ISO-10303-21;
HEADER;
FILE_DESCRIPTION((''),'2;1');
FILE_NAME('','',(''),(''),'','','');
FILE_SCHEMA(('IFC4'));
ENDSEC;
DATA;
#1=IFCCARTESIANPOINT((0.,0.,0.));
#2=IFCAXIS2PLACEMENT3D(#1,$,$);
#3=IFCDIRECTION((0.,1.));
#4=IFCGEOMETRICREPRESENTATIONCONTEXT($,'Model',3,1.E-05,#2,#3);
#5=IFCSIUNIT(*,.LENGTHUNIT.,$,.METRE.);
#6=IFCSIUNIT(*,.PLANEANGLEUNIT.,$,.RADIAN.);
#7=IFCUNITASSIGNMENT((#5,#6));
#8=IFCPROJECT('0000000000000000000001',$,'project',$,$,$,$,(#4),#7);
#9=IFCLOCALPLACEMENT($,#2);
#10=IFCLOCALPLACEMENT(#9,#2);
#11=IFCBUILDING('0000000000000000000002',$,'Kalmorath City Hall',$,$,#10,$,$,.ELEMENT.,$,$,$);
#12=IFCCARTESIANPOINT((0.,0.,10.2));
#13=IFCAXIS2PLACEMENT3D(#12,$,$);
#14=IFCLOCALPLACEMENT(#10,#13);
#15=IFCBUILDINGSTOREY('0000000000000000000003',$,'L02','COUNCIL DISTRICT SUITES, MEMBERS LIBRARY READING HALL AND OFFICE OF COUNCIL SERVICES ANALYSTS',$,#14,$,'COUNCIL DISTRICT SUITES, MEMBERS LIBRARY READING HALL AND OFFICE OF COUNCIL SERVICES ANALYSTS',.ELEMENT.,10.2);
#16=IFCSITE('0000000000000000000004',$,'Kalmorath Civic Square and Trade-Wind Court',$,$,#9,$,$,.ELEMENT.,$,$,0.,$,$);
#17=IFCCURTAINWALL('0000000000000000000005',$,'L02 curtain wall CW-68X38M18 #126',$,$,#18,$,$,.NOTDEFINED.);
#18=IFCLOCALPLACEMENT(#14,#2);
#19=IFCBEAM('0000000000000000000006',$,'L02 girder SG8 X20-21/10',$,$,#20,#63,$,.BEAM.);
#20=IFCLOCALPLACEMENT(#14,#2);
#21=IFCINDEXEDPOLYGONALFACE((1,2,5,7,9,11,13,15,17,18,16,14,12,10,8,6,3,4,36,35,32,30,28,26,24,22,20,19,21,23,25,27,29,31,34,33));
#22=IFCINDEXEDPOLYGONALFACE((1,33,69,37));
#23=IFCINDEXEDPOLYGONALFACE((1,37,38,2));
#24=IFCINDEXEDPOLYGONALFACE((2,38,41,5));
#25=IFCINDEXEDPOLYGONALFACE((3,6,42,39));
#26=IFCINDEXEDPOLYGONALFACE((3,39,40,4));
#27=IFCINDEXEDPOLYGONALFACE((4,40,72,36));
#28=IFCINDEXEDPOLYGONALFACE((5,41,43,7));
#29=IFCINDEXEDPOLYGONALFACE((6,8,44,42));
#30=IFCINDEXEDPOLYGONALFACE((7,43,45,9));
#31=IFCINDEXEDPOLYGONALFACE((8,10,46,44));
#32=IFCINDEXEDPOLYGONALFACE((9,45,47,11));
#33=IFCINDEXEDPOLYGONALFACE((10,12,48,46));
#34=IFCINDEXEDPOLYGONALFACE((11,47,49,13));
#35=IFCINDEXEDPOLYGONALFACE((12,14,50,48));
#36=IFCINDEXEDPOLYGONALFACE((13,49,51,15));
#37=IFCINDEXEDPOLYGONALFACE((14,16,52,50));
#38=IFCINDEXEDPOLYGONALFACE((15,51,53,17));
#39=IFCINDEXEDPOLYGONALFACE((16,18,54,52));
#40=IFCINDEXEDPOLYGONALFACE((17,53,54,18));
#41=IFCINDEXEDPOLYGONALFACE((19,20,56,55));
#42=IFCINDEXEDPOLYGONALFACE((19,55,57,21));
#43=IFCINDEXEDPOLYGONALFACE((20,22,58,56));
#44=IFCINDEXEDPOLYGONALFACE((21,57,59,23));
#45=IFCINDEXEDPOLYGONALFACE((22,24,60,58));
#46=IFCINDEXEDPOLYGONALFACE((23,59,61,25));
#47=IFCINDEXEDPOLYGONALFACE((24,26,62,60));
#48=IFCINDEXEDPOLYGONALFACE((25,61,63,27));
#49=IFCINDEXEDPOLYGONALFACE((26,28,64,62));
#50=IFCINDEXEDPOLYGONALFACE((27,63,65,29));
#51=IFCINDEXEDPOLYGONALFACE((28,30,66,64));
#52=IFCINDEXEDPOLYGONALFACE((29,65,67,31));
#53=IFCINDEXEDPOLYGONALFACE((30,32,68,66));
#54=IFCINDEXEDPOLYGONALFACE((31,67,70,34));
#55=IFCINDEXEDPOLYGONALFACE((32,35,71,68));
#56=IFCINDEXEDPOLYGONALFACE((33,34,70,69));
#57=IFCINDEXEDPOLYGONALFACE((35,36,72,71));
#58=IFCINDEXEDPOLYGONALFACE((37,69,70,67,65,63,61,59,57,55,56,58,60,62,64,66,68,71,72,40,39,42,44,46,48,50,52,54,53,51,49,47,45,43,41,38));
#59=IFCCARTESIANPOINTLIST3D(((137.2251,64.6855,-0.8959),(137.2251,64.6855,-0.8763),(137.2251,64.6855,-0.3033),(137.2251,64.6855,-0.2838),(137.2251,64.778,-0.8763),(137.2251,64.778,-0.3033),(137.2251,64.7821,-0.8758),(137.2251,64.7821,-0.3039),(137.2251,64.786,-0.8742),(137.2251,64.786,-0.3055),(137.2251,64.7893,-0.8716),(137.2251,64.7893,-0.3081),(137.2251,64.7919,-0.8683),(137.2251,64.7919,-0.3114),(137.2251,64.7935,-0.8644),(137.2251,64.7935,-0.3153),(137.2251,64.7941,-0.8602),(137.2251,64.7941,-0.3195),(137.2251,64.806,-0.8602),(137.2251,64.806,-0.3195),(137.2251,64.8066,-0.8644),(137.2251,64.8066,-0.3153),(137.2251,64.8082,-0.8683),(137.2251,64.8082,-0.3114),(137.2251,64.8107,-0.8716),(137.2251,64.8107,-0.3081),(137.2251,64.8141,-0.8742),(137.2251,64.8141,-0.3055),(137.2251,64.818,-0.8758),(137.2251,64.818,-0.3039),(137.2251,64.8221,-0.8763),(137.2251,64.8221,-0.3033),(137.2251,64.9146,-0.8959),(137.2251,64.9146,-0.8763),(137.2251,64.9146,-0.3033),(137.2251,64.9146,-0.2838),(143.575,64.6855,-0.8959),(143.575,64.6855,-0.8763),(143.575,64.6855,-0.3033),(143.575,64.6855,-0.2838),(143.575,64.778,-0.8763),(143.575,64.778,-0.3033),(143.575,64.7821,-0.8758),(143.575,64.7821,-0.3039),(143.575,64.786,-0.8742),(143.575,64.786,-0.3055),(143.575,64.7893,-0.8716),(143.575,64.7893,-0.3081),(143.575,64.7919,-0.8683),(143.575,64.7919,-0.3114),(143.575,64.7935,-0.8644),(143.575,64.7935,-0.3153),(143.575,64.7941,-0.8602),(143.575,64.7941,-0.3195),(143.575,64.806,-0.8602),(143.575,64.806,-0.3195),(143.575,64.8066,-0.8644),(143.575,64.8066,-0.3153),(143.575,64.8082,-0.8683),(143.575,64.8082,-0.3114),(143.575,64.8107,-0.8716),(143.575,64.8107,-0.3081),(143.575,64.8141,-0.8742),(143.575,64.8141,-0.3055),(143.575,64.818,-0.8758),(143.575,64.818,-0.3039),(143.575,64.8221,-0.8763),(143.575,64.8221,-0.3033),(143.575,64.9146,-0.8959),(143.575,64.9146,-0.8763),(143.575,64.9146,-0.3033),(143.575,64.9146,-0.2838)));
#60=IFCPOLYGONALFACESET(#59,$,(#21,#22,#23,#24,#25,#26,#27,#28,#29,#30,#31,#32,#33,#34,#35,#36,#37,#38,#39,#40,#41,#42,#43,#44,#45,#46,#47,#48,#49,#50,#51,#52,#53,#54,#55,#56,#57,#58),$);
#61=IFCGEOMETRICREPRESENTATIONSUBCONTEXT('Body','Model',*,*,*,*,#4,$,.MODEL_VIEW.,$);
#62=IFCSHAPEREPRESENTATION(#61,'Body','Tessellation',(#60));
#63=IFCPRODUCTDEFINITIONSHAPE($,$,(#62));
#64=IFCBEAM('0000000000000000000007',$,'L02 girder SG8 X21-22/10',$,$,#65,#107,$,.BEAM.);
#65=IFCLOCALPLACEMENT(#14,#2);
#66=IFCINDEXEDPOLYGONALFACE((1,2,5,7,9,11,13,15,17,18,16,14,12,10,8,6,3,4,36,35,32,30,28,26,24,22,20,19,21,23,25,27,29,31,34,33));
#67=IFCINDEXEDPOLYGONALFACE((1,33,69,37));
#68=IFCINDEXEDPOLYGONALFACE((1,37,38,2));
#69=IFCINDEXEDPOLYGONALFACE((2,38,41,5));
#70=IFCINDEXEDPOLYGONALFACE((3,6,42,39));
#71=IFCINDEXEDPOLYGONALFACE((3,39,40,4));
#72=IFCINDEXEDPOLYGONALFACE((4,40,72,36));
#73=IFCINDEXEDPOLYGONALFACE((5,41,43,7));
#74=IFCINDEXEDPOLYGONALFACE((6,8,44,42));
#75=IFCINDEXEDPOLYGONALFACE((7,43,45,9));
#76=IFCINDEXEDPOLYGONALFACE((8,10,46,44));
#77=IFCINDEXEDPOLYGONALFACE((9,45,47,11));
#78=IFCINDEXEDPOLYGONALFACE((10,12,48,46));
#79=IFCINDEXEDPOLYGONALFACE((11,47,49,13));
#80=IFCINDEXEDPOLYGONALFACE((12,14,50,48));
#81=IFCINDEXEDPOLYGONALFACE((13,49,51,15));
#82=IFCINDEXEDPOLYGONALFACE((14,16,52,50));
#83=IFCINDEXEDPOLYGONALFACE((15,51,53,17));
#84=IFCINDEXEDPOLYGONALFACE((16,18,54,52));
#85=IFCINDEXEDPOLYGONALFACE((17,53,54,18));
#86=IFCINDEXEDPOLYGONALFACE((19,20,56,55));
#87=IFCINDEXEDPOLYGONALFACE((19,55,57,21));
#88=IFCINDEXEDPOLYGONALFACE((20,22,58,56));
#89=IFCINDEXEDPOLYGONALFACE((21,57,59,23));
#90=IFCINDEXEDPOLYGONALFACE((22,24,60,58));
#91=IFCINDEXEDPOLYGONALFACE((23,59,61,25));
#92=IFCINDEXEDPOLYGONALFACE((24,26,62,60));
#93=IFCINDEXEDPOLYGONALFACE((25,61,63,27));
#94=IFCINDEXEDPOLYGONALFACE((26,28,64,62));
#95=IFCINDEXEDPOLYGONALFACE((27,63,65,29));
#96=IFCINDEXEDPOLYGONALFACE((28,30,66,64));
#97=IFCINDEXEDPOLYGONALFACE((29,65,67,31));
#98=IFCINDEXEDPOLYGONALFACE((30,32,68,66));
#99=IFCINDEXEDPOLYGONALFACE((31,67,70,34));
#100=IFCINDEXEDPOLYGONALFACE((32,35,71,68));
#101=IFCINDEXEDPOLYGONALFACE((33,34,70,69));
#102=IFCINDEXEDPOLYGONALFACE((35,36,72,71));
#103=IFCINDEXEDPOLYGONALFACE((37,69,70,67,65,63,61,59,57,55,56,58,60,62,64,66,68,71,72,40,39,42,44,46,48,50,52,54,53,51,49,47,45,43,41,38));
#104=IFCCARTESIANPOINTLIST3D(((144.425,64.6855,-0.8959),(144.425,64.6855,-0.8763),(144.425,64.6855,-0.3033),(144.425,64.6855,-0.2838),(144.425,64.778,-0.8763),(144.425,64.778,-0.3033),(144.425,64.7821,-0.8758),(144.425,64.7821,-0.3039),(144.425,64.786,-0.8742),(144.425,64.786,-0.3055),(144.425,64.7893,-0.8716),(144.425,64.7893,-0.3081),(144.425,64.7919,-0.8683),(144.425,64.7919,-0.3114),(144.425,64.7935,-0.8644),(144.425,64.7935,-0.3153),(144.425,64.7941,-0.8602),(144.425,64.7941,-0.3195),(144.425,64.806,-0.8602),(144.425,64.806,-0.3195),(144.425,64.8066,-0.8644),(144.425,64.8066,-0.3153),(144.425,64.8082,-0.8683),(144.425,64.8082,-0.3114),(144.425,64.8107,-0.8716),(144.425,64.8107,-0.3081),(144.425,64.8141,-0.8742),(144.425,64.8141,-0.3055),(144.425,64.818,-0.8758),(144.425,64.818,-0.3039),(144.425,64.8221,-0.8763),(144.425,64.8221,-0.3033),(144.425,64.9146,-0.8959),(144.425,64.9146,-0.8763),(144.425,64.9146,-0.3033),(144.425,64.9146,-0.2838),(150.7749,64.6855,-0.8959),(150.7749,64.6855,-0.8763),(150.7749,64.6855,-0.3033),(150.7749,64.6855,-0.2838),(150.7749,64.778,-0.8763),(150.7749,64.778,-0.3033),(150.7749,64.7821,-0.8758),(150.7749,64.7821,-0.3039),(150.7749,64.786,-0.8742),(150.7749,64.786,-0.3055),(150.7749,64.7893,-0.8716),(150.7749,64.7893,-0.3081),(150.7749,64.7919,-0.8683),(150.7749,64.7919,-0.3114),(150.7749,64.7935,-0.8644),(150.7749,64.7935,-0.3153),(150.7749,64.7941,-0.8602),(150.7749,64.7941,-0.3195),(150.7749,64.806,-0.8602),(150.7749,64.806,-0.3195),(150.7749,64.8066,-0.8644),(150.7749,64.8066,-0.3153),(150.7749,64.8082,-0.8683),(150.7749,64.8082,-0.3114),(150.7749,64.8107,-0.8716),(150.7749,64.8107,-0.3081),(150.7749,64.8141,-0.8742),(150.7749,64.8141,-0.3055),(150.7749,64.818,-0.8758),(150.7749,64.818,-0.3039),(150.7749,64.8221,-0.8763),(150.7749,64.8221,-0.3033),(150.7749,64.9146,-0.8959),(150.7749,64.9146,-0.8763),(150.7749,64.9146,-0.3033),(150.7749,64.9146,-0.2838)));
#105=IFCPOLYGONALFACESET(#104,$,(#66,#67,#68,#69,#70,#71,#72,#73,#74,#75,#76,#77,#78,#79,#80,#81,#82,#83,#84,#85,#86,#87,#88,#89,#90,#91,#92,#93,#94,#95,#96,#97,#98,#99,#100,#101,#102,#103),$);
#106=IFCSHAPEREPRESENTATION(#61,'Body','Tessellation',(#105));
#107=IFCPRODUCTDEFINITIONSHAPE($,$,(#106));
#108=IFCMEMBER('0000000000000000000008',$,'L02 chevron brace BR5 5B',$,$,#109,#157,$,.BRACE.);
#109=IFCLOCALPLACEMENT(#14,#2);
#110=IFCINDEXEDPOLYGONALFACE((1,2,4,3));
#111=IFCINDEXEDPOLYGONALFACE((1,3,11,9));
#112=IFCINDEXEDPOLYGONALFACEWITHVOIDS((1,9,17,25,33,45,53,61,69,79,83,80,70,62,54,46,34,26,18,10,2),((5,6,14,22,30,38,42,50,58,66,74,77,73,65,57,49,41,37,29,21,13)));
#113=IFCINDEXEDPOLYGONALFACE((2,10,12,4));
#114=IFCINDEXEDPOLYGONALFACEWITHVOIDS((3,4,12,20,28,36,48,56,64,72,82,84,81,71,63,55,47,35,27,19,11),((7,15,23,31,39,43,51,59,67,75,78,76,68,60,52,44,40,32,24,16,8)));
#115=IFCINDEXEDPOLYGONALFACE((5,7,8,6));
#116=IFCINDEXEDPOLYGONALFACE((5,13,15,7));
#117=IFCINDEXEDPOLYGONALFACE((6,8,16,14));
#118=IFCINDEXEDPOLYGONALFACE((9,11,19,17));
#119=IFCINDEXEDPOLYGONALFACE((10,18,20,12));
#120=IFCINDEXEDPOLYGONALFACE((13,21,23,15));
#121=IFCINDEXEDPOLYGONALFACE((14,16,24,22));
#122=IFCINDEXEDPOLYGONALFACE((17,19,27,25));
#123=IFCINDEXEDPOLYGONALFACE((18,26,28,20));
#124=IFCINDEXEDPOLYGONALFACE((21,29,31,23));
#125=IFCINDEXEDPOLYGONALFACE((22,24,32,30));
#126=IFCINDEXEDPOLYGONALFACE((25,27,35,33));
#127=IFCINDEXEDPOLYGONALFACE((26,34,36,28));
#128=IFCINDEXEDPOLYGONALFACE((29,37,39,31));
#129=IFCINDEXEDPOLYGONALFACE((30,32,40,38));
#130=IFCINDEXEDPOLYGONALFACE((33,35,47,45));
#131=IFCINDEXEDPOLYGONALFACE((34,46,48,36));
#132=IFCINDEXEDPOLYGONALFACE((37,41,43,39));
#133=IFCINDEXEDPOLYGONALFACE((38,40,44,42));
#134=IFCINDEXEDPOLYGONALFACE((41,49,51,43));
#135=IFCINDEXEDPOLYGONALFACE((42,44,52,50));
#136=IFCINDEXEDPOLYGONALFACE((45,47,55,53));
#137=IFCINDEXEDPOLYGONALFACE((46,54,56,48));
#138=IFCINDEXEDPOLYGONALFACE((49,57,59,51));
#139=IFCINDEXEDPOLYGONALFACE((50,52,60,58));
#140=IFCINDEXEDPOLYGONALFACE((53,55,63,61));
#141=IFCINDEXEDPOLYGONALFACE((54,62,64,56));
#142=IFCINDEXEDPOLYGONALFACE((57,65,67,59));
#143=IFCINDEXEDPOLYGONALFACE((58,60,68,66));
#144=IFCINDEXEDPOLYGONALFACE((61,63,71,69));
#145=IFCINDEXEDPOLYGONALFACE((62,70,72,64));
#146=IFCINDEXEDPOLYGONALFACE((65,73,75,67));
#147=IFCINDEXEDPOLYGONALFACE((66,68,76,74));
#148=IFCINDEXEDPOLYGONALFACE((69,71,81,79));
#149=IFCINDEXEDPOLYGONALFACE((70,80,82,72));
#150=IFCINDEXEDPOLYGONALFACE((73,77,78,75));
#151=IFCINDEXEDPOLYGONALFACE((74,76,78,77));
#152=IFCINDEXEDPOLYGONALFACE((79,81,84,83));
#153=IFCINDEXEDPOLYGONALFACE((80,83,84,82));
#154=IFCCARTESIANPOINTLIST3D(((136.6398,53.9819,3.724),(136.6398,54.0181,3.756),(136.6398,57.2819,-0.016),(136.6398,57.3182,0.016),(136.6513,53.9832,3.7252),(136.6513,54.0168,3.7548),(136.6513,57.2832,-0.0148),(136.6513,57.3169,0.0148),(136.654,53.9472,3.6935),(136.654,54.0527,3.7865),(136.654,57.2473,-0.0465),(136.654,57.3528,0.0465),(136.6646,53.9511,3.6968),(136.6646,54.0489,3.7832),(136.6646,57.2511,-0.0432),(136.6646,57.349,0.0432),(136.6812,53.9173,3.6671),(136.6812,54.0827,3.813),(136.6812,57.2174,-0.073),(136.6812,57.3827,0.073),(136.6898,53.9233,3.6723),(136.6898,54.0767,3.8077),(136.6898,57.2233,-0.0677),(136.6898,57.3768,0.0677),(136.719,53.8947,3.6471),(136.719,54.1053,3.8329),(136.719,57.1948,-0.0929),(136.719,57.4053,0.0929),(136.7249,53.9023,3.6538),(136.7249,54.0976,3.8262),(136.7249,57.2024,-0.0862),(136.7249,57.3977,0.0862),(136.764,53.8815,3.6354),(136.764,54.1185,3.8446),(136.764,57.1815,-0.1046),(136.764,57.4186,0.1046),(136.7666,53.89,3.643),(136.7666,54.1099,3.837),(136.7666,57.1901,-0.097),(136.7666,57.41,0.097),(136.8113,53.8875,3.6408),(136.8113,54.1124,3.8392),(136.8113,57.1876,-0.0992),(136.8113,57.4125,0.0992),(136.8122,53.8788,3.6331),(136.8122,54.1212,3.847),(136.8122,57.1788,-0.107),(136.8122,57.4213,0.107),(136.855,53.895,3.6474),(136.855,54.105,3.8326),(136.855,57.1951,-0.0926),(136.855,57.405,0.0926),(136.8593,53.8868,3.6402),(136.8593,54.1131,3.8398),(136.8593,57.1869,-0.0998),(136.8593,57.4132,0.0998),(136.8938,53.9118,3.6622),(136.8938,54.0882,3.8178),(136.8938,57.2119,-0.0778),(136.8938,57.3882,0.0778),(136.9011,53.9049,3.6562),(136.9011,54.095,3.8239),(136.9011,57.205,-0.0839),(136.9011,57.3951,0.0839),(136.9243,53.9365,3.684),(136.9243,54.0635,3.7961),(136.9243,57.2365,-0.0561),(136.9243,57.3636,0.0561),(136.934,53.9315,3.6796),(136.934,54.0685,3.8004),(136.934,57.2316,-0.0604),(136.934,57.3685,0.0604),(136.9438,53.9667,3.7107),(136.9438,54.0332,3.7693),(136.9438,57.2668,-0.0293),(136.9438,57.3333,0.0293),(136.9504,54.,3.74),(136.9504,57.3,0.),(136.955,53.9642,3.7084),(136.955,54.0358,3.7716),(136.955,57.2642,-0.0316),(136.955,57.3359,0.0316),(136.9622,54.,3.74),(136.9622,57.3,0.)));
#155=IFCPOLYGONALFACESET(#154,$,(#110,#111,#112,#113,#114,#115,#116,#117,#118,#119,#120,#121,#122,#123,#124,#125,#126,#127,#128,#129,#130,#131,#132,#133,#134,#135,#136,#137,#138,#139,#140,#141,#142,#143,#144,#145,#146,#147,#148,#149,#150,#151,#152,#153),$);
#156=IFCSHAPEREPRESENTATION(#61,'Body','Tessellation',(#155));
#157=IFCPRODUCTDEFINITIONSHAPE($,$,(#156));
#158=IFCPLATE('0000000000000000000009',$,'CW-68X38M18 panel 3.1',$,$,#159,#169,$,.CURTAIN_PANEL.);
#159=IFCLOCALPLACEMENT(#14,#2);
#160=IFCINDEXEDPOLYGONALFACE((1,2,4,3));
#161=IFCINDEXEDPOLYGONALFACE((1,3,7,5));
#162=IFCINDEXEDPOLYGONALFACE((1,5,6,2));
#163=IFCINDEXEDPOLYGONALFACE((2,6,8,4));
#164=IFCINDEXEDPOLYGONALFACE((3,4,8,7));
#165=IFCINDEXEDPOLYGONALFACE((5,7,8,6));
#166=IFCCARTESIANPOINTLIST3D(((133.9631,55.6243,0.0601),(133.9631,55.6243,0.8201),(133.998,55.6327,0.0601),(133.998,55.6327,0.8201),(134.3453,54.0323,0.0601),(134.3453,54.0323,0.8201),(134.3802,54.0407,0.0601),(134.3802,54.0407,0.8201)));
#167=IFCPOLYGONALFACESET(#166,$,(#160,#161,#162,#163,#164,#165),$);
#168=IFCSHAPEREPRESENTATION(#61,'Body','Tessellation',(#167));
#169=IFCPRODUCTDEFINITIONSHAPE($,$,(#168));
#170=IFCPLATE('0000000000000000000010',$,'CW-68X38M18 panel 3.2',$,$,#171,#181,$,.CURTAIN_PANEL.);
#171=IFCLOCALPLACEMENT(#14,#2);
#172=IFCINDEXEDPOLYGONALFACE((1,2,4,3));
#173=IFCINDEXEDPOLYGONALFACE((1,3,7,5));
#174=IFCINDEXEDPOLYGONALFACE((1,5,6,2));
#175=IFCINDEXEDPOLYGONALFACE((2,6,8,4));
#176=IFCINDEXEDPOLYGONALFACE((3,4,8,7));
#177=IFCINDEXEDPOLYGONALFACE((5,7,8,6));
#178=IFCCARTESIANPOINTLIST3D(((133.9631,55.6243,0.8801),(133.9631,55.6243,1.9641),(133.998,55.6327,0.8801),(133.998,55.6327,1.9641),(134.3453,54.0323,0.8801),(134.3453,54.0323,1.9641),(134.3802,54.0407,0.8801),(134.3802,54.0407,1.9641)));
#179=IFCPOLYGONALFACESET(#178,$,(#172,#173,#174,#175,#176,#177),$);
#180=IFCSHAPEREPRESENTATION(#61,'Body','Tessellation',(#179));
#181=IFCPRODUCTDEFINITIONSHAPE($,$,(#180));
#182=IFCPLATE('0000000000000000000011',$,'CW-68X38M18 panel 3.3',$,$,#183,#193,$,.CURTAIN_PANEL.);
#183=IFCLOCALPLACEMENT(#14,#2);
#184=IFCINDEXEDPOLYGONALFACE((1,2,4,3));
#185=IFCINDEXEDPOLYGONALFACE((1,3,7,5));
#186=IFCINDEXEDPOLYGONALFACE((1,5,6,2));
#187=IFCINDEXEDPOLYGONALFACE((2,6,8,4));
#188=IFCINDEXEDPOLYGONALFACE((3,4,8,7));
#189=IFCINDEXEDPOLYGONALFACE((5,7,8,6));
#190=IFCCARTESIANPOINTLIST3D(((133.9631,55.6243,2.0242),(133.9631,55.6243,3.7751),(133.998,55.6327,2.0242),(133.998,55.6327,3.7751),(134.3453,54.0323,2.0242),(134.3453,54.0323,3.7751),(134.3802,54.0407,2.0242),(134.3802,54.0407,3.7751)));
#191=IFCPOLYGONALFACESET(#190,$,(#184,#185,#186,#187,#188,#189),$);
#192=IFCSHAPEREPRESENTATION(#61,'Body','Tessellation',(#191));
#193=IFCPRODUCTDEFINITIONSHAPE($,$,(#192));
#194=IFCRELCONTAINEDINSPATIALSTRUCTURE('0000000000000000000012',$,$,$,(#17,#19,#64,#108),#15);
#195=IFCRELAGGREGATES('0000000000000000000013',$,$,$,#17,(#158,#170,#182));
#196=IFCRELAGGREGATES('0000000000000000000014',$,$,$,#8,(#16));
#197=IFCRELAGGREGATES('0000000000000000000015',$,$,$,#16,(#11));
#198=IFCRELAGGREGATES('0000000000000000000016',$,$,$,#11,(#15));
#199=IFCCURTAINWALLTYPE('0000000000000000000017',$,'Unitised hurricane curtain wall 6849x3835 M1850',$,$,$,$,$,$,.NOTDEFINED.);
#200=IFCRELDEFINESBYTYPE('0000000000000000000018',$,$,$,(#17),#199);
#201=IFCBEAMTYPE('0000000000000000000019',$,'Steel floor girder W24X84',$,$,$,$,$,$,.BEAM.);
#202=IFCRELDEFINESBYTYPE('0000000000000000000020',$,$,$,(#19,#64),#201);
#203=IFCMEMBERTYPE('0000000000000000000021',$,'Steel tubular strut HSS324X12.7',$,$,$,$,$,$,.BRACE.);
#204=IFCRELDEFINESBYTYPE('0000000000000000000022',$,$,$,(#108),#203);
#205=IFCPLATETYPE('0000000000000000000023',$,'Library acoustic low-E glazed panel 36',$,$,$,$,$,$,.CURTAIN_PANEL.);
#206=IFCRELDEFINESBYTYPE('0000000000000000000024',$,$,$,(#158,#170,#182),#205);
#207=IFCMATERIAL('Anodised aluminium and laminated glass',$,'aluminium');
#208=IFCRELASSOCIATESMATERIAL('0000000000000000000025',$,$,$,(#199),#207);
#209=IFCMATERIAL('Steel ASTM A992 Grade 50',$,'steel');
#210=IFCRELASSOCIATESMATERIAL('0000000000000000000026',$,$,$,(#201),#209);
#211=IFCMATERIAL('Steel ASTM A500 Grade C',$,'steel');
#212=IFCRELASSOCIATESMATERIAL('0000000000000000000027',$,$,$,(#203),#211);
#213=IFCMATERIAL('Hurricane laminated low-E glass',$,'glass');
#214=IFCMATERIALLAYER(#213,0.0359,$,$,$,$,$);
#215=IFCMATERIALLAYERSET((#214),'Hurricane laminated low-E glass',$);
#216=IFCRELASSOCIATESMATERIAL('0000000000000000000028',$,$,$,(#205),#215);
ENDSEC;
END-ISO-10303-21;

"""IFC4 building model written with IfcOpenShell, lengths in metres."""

from ifc_helpers import new_model, si_unit, direction, frame, origin, origin_2d, place, context, subcontext, project, spatial, rectangle, hollow_circle, i_section, extrude, material, layer, layer_set, material_profile, profile_set, type_object, element, aggregate, save


model = new_model("IFC4")

# Units and contexts
model_context = context("Model", 3, precision=1e-05, world=origin(), true_north=direction((0.0, 1.0)))
body_context = subcontext(model_context, "Body", "Model", "MODEL_VIEW")
ifc_project = project(units=[si_unit("LENGTHUNIT", "METRE"), si_unit("PLANEANGLEUNIT", "RADIAN")], contexts=[model_context])

# Site, building, storey
site_placement = place(None, origin())
site = spatial("IfcSite", under=ifc_project, at=site_placement, Name="Kalmorath Civic Square and Trade-Wind Court", CompositionType="ELEMENT", RefElevation=0.0)
building_placement = place(site_placement, origin())
building = spatial("IfcBuilding", under=site, at=building_placement, Name="Kalmorath City Hall", CompositionType="ELEMENT")
storey_placement = place(building_placement, frame((0.0, 0.0, 10.2)))
storey = spatial("IfcBuildingStorey", under=building, at=storey_placement, Name="L02", Description="COUNCIL DISTRICT SUITES, MEMBERS LIBRARY READING HALL AND OFFICE OF COUNCIL SERVICES ANALYSTS", LongName="COUNCIL DISTRICT SUITES, MEMBERS LIBRARY READING HALL AND OFFICE OF COUNCIL SERVICES ANALYSTS", CompositionType="ELEMENT", Elevation=10.2)

# Curtain wall
ifc_material_1 = material(Name="Anodised aluminium and laminated glass", Category="aluminium")
curtain_wall_type = type_object("IfcCurtainWallType", Name="Unitised hurricane curtain wall 6849x3835 M1850", PredefinedType="NOTDEFINED", material=ifc_material_1)
curtain_wall_1_placement = place(storey_placement, origin())
curtain_wall_1 = element("IfcCurtainWall", 1, at=curtain_wall_1_placement, inside=storey, type_object=curtain_wall_type, Name="L02 curtain wall CW-68X38M18 #126", PredefinedType="NOTDEFINED")

# Beams
ifc_material_2 = material(Name="Steel ASTM A992 Grade 50", Category="steel")
ifc_material_profile_1 = material_profile(ifc_material_2, i_section(OverallWidth=0.229, OverallDepth=0.6121, WebThickness=0.012, FlangeThickness=0.0195, FilletRadius=0.0161, at=origin_2d()), Name="W24X84")
ifc_profile_set_1 = profile_set([ifc_material_profile_1], Name="Steel ASTM A992 Grade 50")
beam_type_1 = type_object("IfcBeamType", Name="Steel floor girder W24X84", PredefinedType="BEAM", material=ifc_profile_set_1)
for number, where, z_axis, x_axis, name in (
    (2, (137.2251, 64.8, -0.5898), (1.0, 0.0, 0.0), (0.0, 1.0, 0.0), "L02 girder SG8 X20-21/10"),
    (3, (144.425, 64.8, -0.5898), (1.0, 0.0, 0.0), (0.0, 1.0, 0.0), "L02 girder SG8 X21-22/10"),
):
    element("IfcBeam", number, at=place(storey_placement, frame(where, z_axis=z_axis, x_axis=x_axis)), inside=storey, type_object=beam_type_1, Name=name, PredefinedType="BEAM", context=body_context, shape_type="SweptSolid", body=[
        extrude(i_section(OverallWidth=0.229, OverallDepth=0.6121, WebThickness=0.012, FlangeThickness=0.0195, FilletRadius=0.0161, at=origin_2d()), origin(), (0.0, 0.0, 1.0), 6.3499),
    ])

# Member
ifc_material_3 = material(Name="Steel ASTM A500 Grade C", Category="steel")
ifc_material_profile_2 = material_profile(ifc_material_3, hollow_circle(Radius=0.1621, WallThickness=0.0117, at=origin_2d()), Name="HSS324X12.7")
ifc_profile_set_2 = profile_set([ifc_material_profile_2], Name="Steel ASTM A500 Grade C")
member_type_1 = type_object("IfcMemberType", Name="Steel tubular strut HSS324X12.7", PredefinedType="BRACE", material=ifc_profile_set_2)
member_1_placement = place(storey_placement, frame((136.8, 57.3, 0.0), z_axis=(0.0, -0.661628, 0.749832), x_axis=(1.0, 0.0, 0.0)))
element("IfcMember", 4, at=member_1_placement, inside=storey, type_object=member_type_1, Name="L02 chevron brace BR5 5B", PredefinedType="BRACE", context=body_context, shape_type="SweptSolid", body=[
    extrude(hollow_circle(Radius=0.1621, WallThickness=0.0117, at=origin_2d()), origin(), (0.0, 0.0, 1.0), 4.9878),
])

# Plates
ifc_material_4 = material(Name="Hurricane laminated low-E glass", Category="glass")
ifc_layer_1 = layer(ifc_material_4, 0.0359)
ifc_layer_set_1 = layer_set([ifc_layer_1], Name="Hurricane laminated low-E glass")
plate_type_1 = type_object("IfcPlateType", Name="Library acoustic low-E glazed panel 36", PredefinedType="CURTAIN_PANEL", material=ifc_layer_set_1)
plate_1_placement = place(storey_placement, frame((134.1716, 54.8325, 0.0601), z_axis=(0.0, 0.0, 1.0), x_axis=(-0.233456, 0.972367, 0.0)))
plate_1 = element("IfcPlate", 5, at=plate_1_placement, type_object=plate_type_1, Name="CW-68X38M18 panel 3.1", PredefinedType="CURTAIN_PANEL", context=body_context, shape_type="SweptSolid", body=[
    extrude(rectangle(XDim=1.6372, YDim=0.0359, at=origin_2d()), origin(), (0.0, 0.0, 1.0), 0.76),
])
plate_2_placement = place(storey_placement, frame((134.1716, 54.8325, 0.8801), z_axis=(0.0, 0.0, 1.0), x_axis=(-0.233456, 0.972367, 0.0)))
plate_2 = element("IfcPlate", 6, at=plate_2_placement, type_object=plate_type_1, Name="CW-68X38M18 panel 3.2", PredefinedType="CURTAIN_PANEL", context=body_context, shape_type="SweptSolid", body=[
    extrude(rectangle(XDim=1.6372, YDim=0.0359, at=origin_2d()), origin(), (0.0, 0.0, 1.0), 1.084),
])
plate_3_placement = place(storey_placement, frame((134.1716, 54.8325, 2.0242), z_axis=(0.0, 0.0, 1.0), x_axis=(-0.233456, 0.972367, 0.0)))
plate_3 = element("IfcPlate", 7, at=plate_3_placement, type_object=plate_type_1, Name="CW-68X38M18 panel 3.3", PredefinedType="CURTAIN_PANEL", context=body_context, shape_type="SweptSolid", body=[
    extrude(rectangle(XDim=1.6372, YDim=0.0359, at=origin_2d()), origin(), (0.0, 0.0, 1.0), 1.751),
])
aggregate(curtain_wall_1, [plate_1, plate_2, plate_3])

save(model, "model.ifc")
